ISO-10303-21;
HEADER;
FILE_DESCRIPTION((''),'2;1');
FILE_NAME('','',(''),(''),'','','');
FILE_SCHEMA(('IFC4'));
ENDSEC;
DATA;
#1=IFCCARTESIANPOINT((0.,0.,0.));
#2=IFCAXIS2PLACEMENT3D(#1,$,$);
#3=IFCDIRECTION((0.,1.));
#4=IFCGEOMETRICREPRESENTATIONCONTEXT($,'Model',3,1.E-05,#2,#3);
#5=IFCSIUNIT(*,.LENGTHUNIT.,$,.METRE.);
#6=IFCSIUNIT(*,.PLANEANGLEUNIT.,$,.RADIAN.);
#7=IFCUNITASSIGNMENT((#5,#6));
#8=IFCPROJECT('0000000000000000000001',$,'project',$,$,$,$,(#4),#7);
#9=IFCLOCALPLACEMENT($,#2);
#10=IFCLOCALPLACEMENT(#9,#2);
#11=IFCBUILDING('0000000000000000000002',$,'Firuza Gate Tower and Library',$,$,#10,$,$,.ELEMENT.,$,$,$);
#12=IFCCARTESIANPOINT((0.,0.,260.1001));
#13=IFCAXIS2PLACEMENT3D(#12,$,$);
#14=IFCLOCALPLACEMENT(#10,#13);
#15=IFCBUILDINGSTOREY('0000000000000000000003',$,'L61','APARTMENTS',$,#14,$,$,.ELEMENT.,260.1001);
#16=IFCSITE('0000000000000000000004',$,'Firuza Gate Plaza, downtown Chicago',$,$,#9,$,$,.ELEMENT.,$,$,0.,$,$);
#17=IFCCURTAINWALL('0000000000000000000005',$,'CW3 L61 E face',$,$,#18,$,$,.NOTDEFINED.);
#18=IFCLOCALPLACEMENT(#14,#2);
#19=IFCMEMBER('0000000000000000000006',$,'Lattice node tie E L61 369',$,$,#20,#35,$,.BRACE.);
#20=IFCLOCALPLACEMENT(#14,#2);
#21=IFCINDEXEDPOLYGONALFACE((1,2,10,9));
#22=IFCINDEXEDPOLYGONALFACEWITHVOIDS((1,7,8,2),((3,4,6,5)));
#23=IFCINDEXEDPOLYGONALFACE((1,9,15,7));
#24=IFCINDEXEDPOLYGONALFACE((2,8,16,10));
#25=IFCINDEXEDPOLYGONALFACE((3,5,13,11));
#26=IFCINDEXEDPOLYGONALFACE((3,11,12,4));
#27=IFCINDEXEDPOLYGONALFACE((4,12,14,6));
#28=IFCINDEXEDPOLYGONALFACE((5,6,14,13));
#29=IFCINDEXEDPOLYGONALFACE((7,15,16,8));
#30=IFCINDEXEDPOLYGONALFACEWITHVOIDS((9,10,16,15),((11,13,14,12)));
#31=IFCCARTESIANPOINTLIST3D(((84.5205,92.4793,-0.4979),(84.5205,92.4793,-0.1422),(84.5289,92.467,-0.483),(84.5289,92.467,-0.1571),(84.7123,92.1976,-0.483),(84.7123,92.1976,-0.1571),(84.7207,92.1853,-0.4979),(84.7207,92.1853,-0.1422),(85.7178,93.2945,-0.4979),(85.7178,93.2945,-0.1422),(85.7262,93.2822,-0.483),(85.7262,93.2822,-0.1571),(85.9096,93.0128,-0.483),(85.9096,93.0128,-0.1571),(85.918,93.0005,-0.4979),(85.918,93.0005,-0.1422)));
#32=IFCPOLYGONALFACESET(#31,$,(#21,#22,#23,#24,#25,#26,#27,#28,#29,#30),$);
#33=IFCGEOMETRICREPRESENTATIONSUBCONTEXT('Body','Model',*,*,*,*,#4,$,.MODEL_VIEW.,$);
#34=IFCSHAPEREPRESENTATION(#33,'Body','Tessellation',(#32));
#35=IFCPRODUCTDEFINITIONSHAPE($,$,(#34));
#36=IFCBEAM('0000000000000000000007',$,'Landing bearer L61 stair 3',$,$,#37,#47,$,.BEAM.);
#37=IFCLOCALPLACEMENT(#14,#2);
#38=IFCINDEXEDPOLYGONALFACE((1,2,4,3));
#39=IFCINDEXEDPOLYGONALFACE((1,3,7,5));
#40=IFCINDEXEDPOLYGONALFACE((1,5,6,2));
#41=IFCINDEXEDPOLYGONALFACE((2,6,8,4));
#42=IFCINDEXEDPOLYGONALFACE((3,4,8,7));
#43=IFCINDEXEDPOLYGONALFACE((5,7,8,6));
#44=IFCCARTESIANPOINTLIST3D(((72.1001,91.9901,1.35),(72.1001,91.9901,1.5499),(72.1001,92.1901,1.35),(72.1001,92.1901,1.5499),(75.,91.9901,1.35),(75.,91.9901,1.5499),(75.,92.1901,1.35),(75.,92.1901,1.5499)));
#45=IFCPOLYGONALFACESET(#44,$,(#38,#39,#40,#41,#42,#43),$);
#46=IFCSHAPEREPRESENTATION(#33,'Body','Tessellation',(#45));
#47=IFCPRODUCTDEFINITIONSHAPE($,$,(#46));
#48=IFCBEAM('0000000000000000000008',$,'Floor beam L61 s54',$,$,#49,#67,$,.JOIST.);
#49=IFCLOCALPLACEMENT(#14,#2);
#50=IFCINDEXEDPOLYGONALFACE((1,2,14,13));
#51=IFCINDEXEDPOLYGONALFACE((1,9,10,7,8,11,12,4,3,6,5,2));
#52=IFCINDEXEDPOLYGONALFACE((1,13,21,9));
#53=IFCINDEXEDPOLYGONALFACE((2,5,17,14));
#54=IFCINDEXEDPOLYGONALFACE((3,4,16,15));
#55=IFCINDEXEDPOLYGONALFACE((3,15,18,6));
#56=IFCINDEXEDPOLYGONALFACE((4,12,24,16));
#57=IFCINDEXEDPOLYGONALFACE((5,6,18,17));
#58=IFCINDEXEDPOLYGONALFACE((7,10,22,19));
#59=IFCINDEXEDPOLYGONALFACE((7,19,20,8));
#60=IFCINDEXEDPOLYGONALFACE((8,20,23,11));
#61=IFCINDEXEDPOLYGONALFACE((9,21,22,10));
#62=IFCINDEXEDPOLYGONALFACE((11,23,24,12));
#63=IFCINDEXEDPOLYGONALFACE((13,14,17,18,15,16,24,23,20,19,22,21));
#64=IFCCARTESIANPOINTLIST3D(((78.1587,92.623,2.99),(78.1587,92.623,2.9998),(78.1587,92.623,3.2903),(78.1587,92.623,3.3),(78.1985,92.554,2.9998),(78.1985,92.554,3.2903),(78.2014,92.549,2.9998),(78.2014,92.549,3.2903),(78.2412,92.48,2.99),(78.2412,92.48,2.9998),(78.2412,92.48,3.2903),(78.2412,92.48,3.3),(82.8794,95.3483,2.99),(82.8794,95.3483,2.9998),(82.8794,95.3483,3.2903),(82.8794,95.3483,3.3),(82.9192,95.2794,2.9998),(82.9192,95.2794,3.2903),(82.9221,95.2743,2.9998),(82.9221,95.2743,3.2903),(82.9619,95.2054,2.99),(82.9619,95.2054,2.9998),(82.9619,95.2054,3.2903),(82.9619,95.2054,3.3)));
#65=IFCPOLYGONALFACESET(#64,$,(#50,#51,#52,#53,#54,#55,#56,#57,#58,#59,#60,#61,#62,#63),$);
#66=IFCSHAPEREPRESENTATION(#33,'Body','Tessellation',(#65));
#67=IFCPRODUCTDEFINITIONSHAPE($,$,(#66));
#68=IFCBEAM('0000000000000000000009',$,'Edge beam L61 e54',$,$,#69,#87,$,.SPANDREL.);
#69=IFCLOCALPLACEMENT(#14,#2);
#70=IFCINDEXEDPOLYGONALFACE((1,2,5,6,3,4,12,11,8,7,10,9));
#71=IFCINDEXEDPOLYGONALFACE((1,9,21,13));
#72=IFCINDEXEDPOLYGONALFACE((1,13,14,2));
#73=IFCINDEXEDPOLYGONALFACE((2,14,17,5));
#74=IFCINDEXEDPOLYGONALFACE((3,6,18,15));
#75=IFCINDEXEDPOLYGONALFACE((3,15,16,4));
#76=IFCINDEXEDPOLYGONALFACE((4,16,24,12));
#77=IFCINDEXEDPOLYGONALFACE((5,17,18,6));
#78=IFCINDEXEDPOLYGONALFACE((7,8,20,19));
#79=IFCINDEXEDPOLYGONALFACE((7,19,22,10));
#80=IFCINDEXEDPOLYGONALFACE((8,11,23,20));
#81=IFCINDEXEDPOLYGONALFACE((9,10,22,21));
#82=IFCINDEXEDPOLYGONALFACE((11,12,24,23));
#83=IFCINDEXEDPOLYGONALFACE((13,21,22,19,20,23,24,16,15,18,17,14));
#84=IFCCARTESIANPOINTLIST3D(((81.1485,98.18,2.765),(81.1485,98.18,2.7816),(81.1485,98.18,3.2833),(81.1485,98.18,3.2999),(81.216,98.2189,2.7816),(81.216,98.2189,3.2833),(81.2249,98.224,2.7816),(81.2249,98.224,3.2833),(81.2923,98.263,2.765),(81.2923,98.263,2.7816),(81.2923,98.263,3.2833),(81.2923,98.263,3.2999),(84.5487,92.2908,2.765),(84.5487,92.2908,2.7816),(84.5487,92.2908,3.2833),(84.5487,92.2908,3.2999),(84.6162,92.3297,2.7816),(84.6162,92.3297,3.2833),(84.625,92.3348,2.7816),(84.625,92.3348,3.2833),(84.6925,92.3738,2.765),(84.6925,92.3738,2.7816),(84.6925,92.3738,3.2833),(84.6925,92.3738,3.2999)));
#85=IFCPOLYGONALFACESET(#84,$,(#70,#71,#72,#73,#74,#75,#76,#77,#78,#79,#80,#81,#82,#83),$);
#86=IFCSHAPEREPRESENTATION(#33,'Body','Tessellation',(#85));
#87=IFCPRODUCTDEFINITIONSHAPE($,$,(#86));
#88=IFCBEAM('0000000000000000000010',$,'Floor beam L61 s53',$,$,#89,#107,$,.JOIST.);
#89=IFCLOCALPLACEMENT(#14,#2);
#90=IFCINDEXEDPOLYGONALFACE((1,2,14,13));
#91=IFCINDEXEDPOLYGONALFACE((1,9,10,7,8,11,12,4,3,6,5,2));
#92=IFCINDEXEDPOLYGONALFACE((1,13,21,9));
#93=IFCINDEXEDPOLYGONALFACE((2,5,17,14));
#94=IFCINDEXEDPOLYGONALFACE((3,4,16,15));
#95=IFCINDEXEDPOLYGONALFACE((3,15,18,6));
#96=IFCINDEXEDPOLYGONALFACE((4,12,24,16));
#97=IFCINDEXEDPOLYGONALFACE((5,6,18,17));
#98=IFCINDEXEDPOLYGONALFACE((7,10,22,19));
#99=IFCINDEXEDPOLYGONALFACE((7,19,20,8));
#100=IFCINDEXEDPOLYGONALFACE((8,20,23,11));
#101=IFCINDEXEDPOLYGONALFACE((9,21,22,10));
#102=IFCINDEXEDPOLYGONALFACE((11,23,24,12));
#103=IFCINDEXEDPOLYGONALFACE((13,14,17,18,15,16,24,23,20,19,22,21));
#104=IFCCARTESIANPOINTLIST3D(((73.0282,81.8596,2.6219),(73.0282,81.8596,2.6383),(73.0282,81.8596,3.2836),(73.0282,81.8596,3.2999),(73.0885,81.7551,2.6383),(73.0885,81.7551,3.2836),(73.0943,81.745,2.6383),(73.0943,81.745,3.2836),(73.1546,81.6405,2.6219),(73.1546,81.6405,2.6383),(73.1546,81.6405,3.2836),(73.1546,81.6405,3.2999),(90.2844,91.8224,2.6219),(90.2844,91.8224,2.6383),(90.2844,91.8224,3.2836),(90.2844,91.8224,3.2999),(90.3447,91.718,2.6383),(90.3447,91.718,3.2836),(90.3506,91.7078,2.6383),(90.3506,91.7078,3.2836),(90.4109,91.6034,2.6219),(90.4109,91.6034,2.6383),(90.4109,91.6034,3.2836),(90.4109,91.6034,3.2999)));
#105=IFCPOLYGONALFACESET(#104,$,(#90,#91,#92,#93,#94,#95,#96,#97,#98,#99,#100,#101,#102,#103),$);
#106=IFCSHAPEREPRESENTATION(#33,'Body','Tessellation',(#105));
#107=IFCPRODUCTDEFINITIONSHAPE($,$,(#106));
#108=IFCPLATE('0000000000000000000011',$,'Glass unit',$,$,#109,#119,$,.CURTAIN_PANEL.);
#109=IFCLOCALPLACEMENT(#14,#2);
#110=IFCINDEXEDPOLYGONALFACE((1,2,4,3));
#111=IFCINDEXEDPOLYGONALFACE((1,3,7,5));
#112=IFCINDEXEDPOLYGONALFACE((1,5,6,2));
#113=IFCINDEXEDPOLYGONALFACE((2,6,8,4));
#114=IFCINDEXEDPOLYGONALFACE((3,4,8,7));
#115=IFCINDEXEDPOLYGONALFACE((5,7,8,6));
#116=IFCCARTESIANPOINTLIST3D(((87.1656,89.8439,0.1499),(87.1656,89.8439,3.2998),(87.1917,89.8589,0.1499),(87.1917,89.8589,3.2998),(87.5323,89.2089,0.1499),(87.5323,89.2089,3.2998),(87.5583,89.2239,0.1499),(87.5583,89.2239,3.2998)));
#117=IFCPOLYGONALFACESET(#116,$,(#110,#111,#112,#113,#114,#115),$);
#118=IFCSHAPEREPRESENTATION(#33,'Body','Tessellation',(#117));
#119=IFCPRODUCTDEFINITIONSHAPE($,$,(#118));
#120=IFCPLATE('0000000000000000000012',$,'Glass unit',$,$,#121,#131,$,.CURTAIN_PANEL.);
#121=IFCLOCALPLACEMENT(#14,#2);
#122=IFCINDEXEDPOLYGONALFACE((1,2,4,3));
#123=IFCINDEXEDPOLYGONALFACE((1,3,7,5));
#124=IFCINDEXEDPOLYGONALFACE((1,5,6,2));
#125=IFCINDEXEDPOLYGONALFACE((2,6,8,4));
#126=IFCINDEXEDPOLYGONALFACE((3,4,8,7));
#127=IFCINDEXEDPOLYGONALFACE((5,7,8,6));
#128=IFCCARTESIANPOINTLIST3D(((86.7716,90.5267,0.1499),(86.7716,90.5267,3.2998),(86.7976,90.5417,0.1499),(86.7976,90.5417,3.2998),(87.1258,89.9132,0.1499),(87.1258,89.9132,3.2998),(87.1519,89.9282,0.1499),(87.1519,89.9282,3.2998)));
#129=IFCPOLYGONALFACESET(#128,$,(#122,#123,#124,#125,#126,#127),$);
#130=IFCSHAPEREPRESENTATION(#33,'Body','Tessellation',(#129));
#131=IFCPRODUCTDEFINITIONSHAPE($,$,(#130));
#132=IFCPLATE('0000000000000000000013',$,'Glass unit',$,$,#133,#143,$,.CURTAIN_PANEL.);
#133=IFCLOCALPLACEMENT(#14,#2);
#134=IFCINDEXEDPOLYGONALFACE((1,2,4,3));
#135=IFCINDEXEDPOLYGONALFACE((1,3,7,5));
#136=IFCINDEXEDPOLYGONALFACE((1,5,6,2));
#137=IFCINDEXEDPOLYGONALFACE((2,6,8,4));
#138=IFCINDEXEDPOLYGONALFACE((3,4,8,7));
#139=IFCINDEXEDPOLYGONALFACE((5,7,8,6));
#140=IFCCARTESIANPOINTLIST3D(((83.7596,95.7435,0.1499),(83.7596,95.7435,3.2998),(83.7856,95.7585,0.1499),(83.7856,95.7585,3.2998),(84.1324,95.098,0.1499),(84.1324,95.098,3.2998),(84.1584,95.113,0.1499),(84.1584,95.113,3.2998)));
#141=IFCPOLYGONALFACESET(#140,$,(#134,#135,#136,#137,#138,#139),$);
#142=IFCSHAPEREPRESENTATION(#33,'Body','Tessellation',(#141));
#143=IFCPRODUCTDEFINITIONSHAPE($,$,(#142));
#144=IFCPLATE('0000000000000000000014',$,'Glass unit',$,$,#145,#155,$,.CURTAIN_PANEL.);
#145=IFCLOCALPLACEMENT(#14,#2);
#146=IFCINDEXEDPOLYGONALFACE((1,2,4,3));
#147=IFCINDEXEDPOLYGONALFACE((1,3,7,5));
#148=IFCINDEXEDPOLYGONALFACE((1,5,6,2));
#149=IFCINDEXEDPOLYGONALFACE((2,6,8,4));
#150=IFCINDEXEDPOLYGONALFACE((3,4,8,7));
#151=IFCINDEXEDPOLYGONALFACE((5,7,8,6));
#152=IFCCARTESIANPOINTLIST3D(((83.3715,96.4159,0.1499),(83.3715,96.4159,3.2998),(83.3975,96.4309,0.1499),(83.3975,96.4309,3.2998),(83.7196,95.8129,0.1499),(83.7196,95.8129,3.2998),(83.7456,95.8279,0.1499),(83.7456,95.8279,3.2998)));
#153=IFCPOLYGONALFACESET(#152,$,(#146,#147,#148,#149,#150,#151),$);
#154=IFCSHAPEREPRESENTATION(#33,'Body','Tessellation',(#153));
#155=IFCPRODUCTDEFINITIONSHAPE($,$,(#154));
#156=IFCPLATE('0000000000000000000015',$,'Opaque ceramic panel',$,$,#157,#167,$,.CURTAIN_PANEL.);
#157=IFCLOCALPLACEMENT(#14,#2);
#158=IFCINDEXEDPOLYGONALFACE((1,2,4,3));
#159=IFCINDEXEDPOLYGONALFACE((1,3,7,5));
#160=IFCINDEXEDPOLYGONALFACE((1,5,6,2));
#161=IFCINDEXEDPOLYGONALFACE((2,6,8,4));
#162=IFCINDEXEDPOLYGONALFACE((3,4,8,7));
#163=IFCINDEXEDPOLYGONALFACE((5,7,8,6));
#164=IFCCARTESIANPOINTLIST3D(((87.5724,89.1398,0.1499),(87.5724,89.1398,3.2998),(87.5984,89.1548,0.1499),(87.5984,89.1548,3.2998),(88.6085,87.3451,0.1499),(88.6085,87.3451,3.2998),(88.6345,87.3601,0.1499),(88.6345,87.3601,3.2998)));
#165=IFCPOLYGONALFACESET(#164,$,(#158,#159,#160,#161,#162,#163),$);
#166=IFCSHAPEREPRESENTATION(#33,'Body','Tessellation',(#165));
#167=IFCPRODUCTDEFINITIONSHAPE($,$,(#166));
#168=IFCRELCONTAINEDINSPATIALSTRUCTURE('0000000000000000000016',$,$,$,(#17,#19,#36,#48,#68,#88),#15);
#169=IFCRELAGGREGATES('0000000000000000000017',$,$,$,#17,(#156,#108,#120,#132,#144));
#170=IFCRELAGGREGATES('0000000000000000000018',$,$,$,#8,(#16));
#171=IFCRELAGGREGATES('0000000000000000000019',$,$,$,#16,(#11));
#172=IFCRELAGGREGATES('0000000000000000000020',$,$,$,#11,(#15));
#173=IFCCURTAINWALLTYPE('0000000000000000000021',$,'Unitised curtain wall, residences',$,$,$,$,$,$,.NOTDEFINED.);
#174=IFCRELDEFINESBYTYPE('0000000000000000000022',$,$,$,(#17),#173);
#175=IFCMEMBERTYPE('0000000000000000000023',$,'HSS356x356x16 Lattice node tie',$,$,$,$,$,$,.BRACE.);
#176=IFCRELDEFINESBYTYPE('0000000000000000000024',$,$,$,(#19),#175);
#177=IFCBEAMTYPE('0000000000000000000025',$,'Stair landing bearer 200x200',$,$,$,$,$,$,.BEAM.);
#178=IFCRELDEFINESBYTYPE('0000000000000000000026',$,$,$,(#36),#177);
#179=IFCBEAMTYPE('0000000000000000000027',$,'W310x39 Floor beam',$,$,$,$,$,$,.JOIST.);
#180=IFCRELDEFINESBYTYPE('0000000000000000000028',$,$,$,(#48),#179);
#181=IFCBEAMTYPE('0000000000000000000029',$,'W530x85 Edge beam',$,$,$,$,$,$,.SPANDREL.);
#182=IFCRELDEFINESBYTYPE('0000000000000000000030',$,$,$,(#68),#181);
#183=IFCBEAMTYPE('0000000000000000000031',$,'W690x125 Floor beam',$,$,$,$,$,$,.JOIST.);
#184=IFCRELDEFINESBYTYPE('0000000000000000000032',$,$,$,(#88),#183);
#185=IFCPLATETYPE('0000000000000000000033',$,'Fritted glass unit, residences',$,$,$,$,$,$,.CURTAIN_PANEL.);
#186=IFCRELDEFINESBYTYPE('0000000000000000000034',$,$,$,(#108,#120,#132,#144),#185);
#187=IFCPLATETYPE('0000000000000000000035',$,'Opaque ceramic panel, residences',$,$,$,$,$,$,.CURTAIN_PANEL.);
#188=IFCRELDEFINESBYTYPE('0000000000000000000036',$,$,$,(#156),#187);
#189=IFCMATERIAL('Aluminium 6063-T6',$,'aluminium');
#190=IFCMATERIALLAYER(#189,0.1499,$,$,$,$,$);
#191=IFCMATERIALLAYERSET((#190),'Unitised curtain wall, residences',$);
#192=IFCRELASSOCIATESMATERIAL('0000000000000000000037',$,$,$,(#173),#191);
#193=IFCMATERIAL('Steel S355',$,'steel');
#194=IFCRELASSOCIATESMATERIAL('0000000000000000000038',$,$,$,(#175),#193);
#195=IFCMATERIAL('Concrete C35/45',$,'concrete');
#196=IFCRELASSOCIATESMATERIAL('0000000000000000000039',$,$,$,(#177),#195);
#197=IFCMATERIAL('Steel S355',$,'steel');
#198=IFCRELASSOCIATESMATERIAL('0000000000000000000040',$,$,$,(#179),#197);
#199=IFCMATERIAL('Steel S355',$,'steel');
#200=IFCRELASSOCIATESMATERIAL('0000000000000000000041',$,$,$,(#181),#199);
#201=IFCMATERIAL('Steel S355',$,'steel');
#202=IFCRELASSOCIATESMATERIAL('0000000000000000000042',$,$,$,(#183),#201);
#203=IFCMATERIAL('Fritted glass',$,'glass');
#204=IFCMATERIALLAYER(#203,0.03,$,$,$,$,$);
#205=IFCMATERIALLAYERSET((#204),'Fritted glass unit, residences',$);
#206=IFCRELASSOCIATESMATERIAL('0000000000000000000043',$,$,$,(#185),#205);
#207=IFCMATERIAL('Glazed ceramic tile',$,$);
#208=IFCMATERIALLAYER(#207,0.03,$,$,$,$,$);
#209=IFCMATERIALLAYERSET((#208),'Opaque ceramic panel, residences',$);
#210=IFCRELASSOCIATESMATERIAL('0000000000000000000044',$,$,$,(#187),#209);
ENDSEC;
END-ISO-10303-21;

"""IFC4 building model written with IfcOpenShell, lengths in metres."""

from ifc_helpers import new_model, si_unit, direction, frame, origin, origin_2d, place, context, subcontext, project, spatial, polyline, rectangle, hollow_rectangle, i_section, outline, extrude, material, layer, layer_set, material_profile, profile_set, type_object, element, aggregate, save


model = new_model("IFC4")

# Units and contexts
model_context = context("Model", 3, precision=1e-05, world=origin(), true_north=direction((0.0, 1.0)))
body_context = subcontext(model_context, "Body", "Model", "MODEL_VIEW")
ifc_project = project(units=[si_unit("LENGTHUNIT", "METRE"), si_unit("PLANEANGLEUNIT", "RADIAN")], contexts=[model_context])

# Site, building, storey
site_placement = place(None, origin())
site = spatial("IfcSite", under=ifc_project, at=site_placement, Name="Firuza Gate Plaza, downtown Chicago", CompositionType="ELEMENT", RefElevation=0.0)
building_placement = place(site_placement, origin())
building = spatial("IfcBuilding", under=site, at=building_placement, Name="Firuza Gate Tower and Library", CompositionType="ELEMENT")
storey_placement = place(building_placement, frame((0.0, 0.0, 260.1001)))
storey = spatial("IfcBuildingStorey", under=building, at=storey_placement, Name="L61", Description="APARTMENTS", CompositionType="ELEMENT", Elevation=260.1001)

# Curtain wall
ifc_material_1 = material(Name="Aluminium 6063-T6", Category="aluminium")
ifc_layer_1 = layer(ifc_material_1, 0.1499)
ifc_layer_set_1 = layer_set([ifc_layer_1], Name="Unitised curtain wall, residences")
curtain_wall_type = type_object("IfcCurtainWallType", Name="Unitised curtain wall, residences", PredefinedType="NOTDEFINED", material=ifc_layer_set_1)
placement = place(storey_placement, origin())
curtain_wall = element("IfcCurtainWall", 1, at=placement, inside=storey, type_object=curtain_wall_type, Name="CW3 L61 E face", PredefinedType="NOTDEFINED")

# Member
ifc_material_2 = material(Name="Steel S355", Category="steel")
ifc_material_profile_1 = material_profile(ifc_material_2, hollow_rectangle(XDim=0.3557, YDim=0.3557, WallThickness=0.0149, at=origin_2d()))
ifc_profile_set_1 = profile_set([ifc_material_profile_1], Name="Steel S355")
member_type_1 = type_object("IfcMemberType", Name="HSS356x356x16 Lattice node tie", PredefinedType="BRACE", material=ifc_profile_set_1)
member_1_placement = place(storey_placement, frame((84.6206, 92.3323, -0.3201), z_axis=(0.826591, 0.562803, 0.0), x_axis=(-0.562803, 0.826591, 0.0)))
element("IfcMember", 2, at=member_1_placement, inside=storey, type_object=member_type_1, Name="Lattice node tie E L61 369", PredefinedType="BRACE", context=body_context, shape_type="SweptSolid", body=[
    extrude(hollow_rectangle(XDim=0.3557, YDim=0.3557, WallThickness=0.0149, at=origin_2d()), origin(), (0.0, 0.0, 1.0), 1.4485),
])

# Beams
ifc_material_3 = material(Name="Concrete C35/45", Category="concrete")
ifc_material_profile_2 = material_profile(ifc_material_3, rectangle(XDim=0.2, YDim=0.2, at=origin_2d()))
ifc_profile_set_2 = profile_set([ifc_material_profile_2], Name="Concrete C35/45")
beam_type_1 = type_object("IfcBeamType", Name="Stair landing bearer 200x200", PredefinedType="BEAM", material=ifc_profile_set_2)
beam_1_placement = place(storey_placement, frame((75.0, 92.0901, 1.45), z_axis=(-1.0, 0.0, 0.0), x_axis=(0.0, -1.0, 0.0)))
element("IfcBeam", 3, at=beam_1_placement, inside=storey, type_object=beam_type_1, Name="Landing bearer L61 stair 3", PredefinedType="BEAM", context=body_context, shape_type="SweptSolid", body=[
    extrude(rectangle(XDim=0.2, YDim=0.2, at=origin_2d()), origin(), (0.0, 0.0, 1.0), 2.8999),
])
ifc_material_4 = material(Name="Steel S355", Category="steel")
ifc_material_profile_3 = material_profile(ifc_material_4, i_section(OverallWidth=0.165, OverallDepth=0.3101, WebThickness=0.0059, FlangeThickness=0.0098, at=origin_2d()))
ifc_profile_set_3 = profile_set([ifc_material_profile_3], Name="Steel S355")
beam_type_2 = type_object("IfcBeamType", Name="W310x39 Floor beam", PredefinedType="JOIST", material=ifc_profile_set_3)
beam_2_placement = place(storey_placement, frame((82.9207, 95.2769, 3.145), z_axis=(-0.866038, -0.499978, 0.0), x_axis=(0.499978, -0.866038, 0.0)))
element("IfcBeam", 4, at=beam_2_placement, inside=storey, type_object=beam_type_2, Name="Floor beam L61 s54", PredefinedType="JOIST", context=body_context, shape_type="SweptSolid", body=[
    extrude(i_section(OverallWidth=0.165, OverallDepth=0.3101, WebThickness=0.0059, FlangeThickness=0.0098, at=origin_2d()), origin(), (0.0, 0.0, 1.0), 5.4509),
])
ifc_material_5 = material(Name="Steel S355", Category="steel")
ifc_material_profile_4 = material_profile(ifc_material_5, i_section(OverallWidth=0.166, OverallDepth=0.5349, WebThickness=0.0103, FlangeThickness=0.0166, at=origin_2d()))
ifc_profile_set_4 = profile_set([ifc_material_profile_4], Name="Steel S355")
beam_type_3 = type_object("IfcBeamType", Name="W530x85 Edge beam", PredefinedType="SPANDREL", material=ifc_profile_set_4)
beam_3_placement = place(storey_placement, frame((84.6206, 92.3323, 3.0325), z_axis=(-0.500004, 0.866023, 0.0), x_axis=(-0.866023, -0.500004, 0.0)))
element("IfcBeam", 5, at=beam_3_placement, inside=storey, type_object=beam_type_3, Name="Edge beam L61 e54", PredefinedType="SPANDREL", context=body_context, shape_type="SweptSolid", body=[
    extrude(i_section(OverallWidth=0.166, OverallDepth=0.5349, WebThickness=0.0103, FlangeThickness=0.0166, at=origin_2d()), origin(), (0.0, 0.0, 1.0), 6.8003),
])
ifc_material_6 = material(Name="Steel S355", Category="steel")
ifc_material_profile_5 = material_profile(ifc_material_6, i_section(OverallWidth=0.2529, OverallDepth=0.678, WebThickness=0.0117, FlangeThickness=0.0164, at=origin_2d()))
ifc_profile_set_5 = profile_set([ifc_material_profile_5], Name="Steel S355")
beam_type_4 = type_object("IfcBeamType", Name="W690x125 Floor beam", PredefinedType="JOIST", material=ifc_profile_set_5)
beam_4_placement = place(storey_placement, frame((90.3477, 91.7129, 2.9609), z_axis=(-0.866027, -0.499998, 0.0), x_axis=(0.499998, -0.866027, 0.0)))
element("IfcBeam", 6, at=beam_4_placement, inside=storey, type_object=beam_type_4, Name="Floor beam L61 s53", PredefinedType="JOIST", context=body_context, shape_type="SweptSolid", body=[
    extrude(i_section(OverallWidth=0.2529, OverallDepth=0.678, WebThickness=0.0117, FlangeThickness=0.0164, at=origin_2d()), origin(), (0.0, 0.0, 1.0), 19.9258),
])

# Plates
ifc_material_7 = material(Name="Fritted glass", Category="glass")
ifc_layer_2 = layer(ifc_material_7, 0.03)
ifc_layer_set_2 = layer_set([ifc_layer_2], Name="Fritted glass unit, residences")
plate_type_1 = type_object("IfcPlateType", Name="Fritted glass unit, residences", PredefinedType="CURTAIN_PANEL", material=ifc_layer_set_2)
plate_1_placement = place(storey_placement, frame((87.5583, 89.2239, 0.1499), z_axis=(0.86598, 0.500078, 0.0), x_axis=(-0.500078, 0.86598, 0.0)))
plate_1 = element("IfcPlate", 7, at=plate_1_placement, type_object=plate_type_1, Name="Glass unit", PredefinedType="CURTAIN_PANEL", context=body_context, shape_type="SweptSolid", body=[
    extrude(outline(polyline([(0.0, 0.0), (0.7333, 0.0), (0.7333, 3.1499), (0.0, 3.1499), (0.0, 0.0)])), origin(), (0.0, 0.0, -1.0), 0.03),
])
plate_2_placement = place(storey_placement, frame((87.1519, 89.9282, 0.1499), z_axis=(0.866008, 0.500031, 0.0), x_axis=(-0.500031, 0.866008, 0.0)))
plate_2 = element("IfcPlate", 8, at=plate_2_placement, type_object=plate_type_1, Name="Glass unit", PredefinedType="CURTAIN_PANEL", context=body_context, shape_type="SweptSolid", body=[
    extrude(outline(polyline([(0.0, 0.0), (0.7085, 0.0), (0.7085, 3.1499), (0.0, 3.1499), (0.0, 0.0)])), origin(), (0.0, 0.0, -1.0), 0.03),
])
plate_3_placement = place(storey_placement, frame((84.1584, 95.113, 0.1499), z_axis=(0.865956, 0.500119, 0.0), x_axis=(-0.500119, 0.865956, 0.0)))
plate_3 = element("IfcPlate", 9, at=plate_3_placement, type_object=plate_type_1, Name="Glass unit", PredefinedType="CURTAIN_PANEL", context=body_context, shape_type="SweptSolid", body=[
    extrude(outline(polyline([(0.0, 0.0), (0.7454, 0.0), (0.7454, 3.1499), (0.0, 3.1499), (0.0, 0.0)])), origin(), (0.0, 0.0, -1.0), 0.03),
])
plate_4_placement = place(storey_placement, frame((83.7456, 95.8279, 0.1499), z_axis=(0.866034, 0.499985, 0.0), x_axis=(-0.499985, 0.866034, 0.0)))
plate_4 = element("IfcPlate", 10, at=plate_4_placement, type_object=plate_type_1, Name="Glass unit", PredefinedType="CURTAIN_PANEL", context=body_context, shape_type="SweptSolid", body=[
    extrude(outline(polyline([(0.0, 0.0), (0.6963, 0.0), (0.6963, 3.1499), (0.0, 3.1499), (0.0, 0.0)])), origin(), (0.0, 0.0, -1.0), 0.03),
])
ifc_material_8 = material(Name="Glazed ceramic tile")
ifc_layer_3 = layer(ifc_material_8, 0.03)
ifc_layer_set_3 = layer_set([ifc_layer_3], Name="Opaque ceramic panel, residences")
plate_type_2 = type_object("IfcPlateType", Name="Opaque ceramic panel, residences", PredefinedType="CURTAIN_PANEL", material=ifc_layer_set_3)
plate_5_placement = place(storey_placement, frame((88.6345, 87.3601, 0.1499), z_axis=(0.866031, 0.499991, 0.0), x_axis=(-0.499991, 0.866031, 0.0)))
plate_5 = element("IfcPlate", 11, at=plate_5_placement, type_object=plate_type_2, Name="Opaque ceramic panel", PredefinedType="CURTAIN_PANEL", context=body_context, shape_type="SweptSolid", body=[
    extrude(outline(polyline([(0.0, 0.0), (2.0723, 0.0), (2.0723, 3.1499), (0.0, 3.1499), (0.0, 0.0)])), origin(), (0.0, 0.0, -1.0), 0.03),
])
aggregate(curtain_wall, [plate_5, plate_1, plate_2, plate_3, plate_4])

save(model, "model.ifc")
